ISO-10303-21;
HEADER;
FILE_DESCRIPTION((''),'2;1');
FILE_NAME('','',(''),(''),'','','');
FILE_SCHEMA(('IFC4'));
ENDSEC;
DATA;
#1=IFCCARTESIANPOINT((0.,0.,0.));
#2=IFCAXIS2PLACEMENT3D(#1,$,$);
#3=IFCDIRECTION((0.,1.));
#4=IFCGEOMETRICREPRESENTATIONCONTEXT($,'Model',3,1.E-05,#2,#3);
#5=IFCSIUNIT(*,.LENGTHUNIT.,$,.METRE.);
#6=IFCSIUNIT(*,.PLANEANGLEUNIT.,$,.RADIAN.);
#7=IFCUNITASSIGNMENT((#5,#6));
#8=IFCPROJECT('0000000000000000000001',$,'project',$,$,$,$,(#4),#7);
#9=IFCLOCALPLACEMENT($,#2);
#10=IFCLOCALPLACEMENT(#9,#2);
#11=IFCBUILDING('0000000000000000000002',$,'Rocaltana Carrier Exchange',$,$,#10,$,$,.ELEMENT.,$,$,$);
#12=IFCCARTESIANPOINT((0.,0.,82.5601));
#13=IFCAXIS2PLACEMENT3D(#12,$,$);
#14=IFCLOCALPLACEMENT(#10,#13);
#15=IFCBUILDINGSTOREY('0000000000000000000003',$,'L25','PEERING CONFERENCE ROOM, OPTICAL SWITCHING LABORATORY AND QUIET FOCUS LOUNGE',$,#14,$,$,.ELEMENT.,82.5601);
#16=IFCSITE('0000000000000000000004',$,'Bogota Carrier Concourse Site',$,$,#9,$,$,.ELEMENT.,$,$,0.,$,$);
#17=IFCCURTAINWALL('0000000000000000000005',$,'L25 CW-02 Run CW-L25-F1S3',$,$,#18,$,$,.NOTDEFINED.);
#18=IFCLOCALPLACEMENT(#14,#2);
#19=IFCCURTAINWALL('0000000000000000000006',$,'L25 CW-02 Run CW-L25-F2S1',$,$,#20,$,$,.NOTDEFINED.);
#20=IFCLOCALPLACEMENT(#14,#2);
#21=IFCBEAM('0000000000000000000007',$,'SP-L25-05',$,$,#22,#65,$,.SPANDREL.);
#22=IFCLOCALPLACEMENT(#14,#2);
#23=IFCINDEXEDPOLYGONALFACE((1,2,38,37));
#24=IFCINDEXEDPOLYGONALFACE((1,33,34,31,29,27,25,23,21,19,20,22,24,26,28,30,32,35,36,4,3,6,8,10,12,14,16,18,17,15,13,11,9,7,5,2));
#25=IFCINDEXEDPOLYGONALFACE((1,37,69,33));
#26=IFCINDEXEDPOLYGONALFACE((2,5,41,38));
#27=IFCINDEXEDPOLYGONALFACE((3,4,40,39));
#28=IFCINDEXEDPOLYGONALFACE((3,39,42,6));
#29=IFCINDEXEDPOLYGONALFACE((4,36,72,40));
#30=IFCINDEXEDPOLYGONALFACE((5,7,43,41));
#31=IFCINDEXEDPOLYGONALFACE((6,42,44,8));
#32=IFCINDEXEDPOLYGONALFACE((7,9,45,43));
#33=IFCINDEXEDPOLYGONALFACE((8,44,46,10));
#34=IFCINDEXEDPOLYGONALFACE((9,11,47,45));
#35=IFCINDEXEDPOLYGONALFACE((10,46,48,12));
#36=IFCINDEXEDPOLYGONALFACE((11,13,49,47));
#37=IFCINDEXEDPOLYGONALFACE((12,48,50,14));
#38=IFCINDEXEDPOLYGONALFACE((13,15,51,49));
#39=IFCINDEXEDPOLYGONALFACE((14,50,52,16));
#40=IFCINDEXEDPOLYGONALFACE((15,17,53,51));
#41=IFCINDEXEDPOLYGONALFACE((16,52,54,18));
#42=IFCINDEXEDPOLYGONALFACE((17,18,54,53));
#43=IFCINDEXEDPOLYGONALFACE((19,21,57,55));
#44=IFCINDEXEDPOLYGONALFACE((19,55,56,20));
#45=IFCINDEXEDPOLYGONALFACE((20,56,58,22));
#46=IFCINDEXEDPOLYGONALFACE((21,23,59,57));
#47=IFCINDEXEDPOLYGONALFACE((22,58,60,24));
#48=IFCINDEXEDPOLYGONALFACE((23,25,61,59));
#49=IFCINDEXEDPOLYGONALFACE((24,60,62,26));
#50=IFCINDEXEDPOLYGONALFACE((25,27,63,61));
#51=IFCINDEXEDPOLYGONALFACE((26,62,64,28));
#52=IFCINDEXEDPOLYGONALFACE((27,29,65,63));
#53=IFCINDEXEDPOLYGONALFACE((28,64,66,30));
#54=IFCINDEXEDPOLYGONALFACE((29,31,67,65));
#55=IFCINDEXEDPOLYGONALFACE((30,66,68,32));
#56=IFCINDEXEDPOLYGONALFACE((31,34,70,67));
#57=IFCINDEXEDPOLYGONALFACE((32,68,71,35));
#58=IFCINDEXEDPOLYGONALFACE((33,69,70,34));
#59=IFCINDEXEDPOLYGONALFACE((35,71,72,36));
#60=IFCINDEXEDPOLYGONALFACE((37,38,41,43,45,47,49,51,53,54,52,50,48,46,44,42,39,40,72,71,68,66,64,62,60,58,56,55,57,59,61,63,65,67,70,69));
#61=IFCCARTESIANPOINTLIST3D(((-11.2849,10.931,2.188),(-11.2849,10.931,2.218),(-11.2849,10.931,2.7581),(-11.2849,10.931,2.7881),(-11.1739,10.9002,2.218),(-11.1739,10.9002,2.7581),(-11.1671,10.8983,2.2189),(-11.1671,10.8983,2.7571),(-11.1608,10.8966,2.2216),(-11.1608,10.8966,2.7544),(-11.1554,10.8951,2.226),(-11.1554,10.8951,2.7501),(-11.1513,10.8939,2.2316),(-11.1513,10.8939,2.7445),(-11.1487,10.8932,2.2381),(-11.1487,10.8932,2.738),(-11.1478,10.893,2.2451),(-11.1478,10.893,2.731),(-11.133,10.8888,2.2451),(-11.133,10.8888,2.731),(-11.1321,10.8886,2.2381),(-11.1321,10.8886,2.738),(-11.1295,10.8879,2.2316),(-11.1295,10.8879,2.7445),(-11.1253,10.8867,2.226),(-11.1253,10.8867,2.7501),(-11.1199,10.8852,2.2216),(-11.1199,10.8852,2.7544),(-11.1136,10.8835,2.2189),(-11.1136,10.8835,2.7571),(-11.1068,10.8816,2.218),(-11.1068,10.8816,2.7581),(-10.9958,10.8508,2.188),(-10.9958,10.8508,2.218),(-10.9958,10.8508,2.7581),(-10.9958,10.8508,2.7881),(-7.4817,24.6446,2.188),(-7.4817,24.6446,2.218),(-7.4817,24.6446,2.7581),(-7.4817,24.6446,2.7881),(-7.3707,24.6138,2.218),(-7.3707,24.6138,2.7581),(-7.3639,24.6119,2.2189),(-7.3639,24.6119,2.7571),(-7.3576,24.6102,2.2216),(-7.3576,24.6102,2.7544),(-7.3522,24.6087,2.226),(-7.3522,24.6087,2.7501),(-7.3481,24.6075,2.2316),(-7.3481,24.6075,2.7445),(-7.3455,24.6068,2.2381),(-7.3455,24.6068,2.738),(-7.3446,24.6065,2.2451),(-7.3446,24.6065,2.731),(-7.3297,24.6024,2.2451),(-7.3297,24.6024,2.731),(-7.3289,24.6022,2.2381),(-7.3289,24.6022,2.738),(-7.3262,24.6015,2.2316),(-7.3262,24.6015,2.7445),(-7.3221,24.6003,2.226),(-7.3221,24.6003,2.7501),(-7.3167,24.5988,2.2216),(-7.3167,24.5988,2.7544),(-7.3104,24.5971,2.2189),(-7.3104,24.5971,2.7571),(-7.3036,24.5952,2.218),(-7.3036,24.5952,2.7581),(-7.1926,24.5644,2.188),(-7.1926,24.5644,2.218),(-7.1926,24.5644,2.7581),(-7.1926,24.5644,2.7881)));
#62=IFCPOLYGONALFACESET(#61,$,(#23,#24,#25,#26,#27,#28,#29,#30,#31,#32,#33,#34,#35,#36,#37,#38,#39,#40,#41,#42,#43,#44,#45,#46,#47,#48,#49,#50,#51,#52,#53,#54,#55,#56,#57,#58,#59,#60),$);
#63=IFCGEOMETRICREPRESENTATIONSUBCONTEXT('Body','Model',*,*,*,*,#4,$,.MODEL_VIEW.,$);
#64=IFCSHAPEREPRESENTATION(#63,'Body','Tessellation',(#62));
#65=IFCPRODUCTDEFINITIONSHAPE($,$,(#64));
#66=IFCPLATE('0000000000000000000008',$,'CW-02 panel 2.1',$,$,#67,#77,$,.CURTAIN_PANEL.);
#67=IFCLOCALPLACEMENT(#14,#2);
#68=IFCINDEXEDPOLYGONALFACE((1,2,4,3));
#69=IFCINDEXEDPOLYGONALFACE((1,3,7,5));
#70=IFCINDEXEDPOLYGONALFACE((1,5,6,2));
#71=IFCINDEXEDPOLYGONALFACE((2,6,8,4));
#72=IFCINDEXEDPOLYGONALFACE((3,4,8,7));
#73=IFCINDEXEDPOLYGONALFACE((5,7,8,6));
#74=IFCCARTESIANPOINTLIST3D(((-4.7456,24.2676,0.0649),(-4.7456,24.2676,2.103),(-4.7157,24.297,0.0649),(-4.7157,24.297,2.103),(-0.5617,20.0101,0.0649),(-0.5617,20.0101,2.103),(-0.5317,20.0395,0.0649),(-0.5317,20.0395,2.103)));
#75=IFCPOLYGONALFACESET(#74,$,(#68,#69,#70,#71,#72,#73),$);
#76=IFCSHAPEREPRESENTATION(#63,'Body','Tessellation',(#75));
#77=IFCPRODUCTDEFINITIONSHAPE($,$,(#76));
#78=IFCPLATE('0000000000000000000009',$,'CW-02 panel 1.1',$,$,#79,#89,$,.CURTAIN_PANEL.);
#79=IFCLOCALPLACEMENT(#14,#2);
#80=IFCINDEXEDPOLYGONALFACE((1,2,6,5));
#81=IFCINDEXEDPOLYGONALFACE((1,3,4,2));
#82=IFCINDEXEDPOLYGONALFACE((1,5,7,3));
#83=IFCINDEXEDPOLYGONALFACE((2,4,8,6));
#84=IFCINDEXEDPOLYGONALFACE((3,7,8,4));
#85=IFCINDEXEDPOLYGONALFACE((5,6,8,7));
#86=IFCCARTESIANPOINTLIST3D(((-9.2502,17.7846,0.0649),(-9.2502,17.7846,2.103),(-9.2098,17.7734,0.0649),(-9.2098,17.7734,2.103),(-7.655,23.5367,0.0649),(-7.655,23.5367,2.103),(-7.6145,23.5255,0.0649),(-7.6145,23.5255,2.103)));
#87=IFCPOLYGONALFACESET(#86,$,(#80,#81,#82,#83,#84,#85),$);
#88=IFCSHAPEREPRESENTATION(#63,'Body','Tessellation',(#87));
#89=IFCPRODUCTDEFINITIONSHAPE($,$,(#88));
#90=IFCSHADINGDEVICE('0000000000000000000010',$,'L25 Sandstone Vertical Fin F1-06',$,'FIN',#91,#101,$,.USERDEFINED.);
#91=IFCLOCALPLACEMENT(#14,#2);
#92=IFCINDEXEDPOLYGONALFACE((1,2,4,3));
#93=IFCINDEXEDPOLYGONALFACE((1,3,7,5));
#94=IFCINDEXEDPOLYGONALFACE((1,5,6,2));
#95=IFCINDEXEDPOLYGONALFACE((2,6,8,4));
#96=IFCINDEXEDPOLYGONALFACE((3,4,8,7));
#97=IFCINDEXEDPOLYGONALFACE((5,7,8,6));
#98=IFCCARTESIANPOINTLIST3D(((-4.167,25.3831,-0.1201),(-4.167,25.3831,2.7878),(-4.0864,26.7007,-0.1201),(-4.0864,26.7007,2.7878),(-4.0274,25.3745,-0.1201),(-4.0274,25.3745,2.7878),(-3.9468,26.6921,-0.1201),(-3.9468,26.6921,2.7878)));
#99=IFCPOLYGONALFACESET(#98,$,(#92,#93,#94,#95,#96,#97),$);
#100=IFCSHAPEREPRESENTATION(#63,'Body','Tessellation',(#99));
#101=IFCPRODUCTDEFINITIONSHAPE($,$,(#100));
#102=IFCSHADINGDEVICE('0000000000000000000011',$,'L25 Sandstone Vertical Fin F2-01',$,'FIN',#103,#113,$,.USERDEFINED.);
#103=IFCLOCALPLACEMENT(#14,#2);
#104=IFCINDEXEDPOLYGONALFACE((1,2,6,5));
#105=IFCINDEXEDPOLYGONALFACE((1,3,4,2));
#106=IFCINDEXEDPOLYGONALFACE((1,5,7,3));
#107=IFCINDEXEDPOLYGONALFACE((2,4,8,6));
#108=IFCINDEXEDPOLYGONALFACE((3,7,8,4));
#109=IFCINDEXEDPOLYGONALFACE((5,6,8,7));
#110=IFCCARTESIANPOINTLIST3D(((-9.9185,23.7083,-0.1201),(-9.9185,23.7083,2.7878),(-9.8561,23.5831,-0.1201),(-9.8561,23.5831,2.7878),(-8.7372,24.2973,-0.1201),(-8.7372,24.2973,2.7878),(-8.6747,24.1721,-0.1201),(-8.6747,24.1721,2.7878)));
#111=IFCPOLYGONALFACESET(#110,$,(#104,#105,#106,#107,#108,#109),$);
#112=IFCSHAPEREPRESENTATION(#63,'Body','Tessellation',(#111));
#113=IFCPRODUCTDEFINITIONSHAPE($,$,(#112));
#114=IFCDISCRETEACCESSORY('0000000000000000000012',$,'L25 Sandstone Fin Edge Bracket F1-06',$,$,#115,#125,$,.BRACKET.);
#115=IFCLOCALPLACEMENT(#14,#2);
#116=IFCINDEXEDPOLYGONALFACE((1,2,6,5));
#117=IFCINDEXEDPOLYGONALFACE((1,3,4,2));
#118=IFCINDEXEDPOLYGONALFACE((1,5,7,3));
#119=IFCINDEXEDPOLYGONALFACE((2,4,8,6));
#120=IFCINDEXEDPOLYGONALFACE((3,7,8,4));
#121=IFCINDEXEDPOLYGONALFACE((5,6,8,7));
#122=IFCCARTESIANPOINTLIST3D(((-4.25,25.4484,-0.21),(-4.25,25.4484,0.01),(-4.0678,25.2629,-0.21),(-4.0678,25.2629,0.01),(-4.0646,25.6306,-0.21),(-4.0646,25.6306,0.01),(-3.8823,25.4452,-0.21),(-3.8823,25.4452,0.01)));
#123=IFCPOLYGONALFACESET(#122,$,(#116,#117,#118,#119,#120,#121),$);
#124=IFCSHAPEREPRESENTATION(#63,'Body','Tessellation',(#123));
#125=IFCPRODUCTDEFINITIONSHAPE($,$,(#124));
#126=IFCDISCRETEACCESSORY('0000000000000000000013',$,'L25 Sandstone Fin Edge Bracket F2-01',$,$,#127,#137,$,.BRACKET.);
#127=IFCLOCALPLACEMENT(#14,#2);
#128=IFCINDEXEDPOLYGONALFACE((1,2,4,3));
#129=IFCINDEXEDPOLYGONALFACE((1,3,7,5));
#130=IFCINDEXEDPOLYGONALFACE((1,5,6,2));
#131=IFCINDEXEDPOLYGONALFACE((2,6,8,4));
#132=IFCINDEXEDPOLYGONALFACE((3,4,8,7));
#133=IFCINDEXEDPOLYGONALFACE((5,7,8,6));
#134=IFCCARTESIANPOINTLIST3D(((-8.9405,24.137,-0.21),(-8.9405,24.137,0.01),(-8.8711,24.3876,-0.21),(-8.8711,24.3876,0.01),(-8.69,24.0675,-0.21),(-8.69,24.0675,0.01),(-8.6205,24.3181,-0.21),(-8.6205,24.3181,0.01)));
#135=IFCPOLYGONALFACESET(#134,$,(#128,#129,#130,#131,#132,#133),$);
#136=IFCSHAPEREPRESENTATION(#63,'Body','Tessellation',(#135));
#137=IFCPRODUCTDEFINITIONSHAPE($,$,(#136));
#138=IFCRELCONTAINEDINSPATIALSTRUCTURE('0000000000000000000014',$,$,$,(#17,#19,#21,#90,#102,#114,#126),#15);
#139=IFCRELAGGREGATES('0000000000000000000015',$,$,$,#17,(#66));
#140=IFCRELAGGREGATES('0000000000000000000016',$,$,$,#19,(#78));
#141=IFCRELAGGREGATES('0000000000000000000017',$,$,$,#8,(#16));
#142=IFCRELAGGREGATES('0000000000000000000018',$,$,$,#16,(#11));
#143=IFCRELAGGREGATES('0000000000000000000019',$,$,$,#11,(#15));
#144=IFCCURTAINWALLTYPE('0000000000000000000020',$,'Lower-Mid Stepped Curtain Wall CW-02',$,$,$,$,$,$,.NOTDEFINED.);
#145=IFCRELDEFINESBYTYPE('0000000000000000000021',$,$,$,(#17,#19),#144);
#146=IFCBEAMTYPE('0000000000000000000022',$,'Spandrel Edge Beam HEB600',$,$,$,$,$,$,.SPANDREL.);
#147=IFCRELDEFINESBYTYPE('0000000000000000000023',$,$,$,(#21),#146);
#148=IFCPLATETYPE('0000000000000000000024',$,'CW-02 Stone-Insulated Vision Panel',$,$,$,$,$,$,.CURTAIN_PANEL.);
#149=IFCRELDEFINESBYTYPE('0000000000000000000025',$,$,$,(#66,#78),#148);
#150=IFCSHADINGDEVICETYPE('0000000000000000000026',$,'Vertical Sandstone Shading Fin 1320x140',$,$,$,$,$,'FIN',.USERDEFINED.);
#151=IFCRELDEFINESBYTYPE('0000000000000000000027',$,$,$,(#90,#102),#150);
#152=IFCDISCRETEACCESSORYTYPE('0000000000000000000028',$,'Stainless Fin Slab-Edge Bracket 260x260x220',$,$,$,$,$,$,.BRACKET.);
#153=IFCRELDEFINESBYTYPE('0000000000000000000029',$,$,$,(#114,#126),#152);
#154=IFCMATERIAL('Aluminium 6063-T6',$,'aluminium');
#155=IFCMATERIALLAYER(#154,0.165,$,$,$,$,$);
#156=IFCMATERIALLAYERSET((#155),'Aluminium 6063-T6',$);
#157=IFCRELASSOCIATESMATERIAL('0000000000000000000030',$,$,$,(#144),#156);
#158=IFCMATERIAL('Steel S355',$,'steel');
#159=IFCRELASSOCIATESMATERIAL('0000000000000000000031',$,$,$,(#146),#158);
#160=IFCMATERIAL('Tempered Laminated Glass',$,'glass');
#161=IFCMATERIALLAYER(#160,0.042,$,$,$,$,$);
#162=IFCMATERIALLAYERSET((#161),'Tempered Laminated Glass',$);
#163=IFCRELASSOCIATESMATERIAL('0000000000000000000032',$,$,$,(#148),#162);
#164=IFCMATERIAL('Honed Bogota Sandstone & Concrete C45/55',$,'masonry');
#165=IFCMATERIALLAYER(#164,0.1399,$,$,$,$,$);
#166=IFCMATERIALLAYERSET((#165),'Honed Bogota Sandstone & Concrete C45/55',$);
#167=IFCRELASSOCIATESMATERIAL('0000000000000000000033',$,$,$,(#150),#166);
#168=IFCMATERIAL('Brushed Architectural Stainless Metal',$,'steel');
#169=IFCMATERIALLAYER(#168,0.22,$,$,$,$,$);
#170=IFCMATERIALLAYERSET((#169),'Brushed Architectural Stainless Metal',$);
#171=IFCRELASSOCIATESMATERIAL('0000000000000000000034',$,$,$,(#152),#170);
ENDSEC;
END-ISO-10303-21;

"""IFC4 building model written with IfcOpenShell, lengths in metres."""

from ifc_helpers import new_model, si_unit, direction, frame, origin, origin_2d, place, context, subcontext, project, spatial, rectangle, i_section, extrude, material, layer, layer_set, material_profile, profile_set, type_object, element, aggregate, save


model = new_model("IFC4")

# Units and contexts
model_context = context("Model", 3, precision=1e-05, world=origin(), true_north=direction((0.0, 1.0)))
body_context = subcontext(model_context, "Body", "Model", "MODEL_VIEW")
ifc_project = project(units=[si_unit("LENGTHUNIT", "METRE"), si_unit("PLANEANGLEUNIT", "RADIAN")], contexts=[model_context])

# Site, building, storey
site_placement = place(None, origin())
site = spatial("IfcSite", under=ifc_project, at=site_placement, Name="Bogota Carrier Concourse Site", CompositionType="ELEMENT", RefElevation=0.0)
building_placement = place(site_placement, origin())
building = spatial("IfcBuilding", under=site, at=building_placement, Name="Rocaltana Carrier Exchange", CompositionType="ELEMENT")
storey_placement = place(building_placement, frame((0.0, 0.0, 82.5601)))
storey = spatial("IfcBuildingStorey", under=building, at=storey_placement, Name="L25", Description="PEERING CONFERENCE ROOM, OPTICAL SWITCHING LABORATORY AND QUIET FOCUS LOUNGE", CompositionType="ELEMENT", Elevation=82.5601)

# Curtain wall
ifc_material_1 = material(Name="Aluminium 6063-T6", Category="aluminium")
ifc_layer_1 = layer(ifc_material_1, 0.165)
ifc_layer_set_1 = layer_set([ifc_layer_1], Name="Aluminium 6063-T6")
curtain_wall_type = type_object("IfcCurtainWallType", Name="Lower-Mid Stepped Curtain Wall CW-02", PredefinedType="NOTDEFINED", material=ifc_layer_set_1)
curtain_wall_1_placement = place(storey_placement, origin())
curtain_wall_1 = element("IfcCurtainWall", 1, at=curtain_wall_1_placement, inside=storey, type_object=curtain_wall_type, Name="L25 CW-02 Run CW-L25-F1S3", PredefinedType="NOTDEFINED")

# Curtain wall
curtain_wall_2_placement = place(storey_placement, origin())
curtain_wall_2 = element("IfcCurtainWall", 2, at=curtain_wall_2_placement, inside=storey, type_object=curtain_wall_type, Name="L25 CW-02 Run CW-L25-F2S1", PredefinedType="NOTDEFINED")

# Beam
ifc_material_2 = material(Name="Steel S355", Category="steel")
ifc_material_profile_1 = material_profile(ifc_material_2, i_section(OverallWidth=0.3, OverallDepth=0.6001, WebThickness=0.0154, FlangeThickness=0.03, FilletRadius=0.0271, at=origin_2d()), Name="HEB600")
ifc_profile_set_1 = profile_set([ifc_material_profile_1], Name="Steel S355")
beam_type_1 = type_object("IfcBeamType", Name="Spandrel Edge Beam HEB600", PredefinedType="SPANDREL", material=ifc_profile_set_1)
beam_1_placement = place(storey_placement, frame((-7.3372, 24.6045, 2.488), z_axis=(-0.267245, -0.963629, 0.0), x_axis=(0.963629, -0.267245, 0.0)))
element("IfcBeam", 3, at=beam_1_placement, inside=storey, type_object=beam_type_1, Name="SP-L25-05", PredefinedType="SPANDREL", context=body_context, shape_type="SweptSolid", body=[
    extrude(i_section(OverallWidth=0.3, OverallDepth=0.6001, WebThickness=0.0154, FlangeThickness=0.03, FilletRadius=0.0271, at=origin_2d()), origin(), (0.0, 0.0, 1.0), 14.2312),
])

# Plates
ifc_material_3 = material(Name="Tempered Laminated Glass", Category="glass")
ifc_layer_2 = layer(ifc_material_3, 0.042)
ifc_layer_set_2 = layer_set([ifc_layer_2], Name="Tempered Laminated Glass")
plate_type = type_object("IfcPlateType", Name="CW-02 Stone-Insulated Vision Panel", PredefinedType="CURTAIN_PANEL", material=ifc_layer_set_2)
plate_1_placement = place(storey_placement, frame((-2.6387, 22.1536, 0.0649), z_axis=(0.0, 0.0, 1.0), x_axis=(-0.700915, 0.713245, 0.0)))
plate_1 = element("IfcPlate", 4, at=plate_1_placement, type_object=plate_type, Name="CW-02 panel 2.1", PredefinedType="CURTAIN_PANEL", context=body_context, shape_type="SweptSolid", body=[
    extrude(rectangle(XDim=5.9692, YDim=0.042, at=origin_2d()), origin(), (0.0, 0.0, 1.0), 2.0381),
])
aggregate(curtain_wall_1, [plate_1])
plate_2_placement = place(storey_placement, frame((-8.4324, 20.655, 0.0649), z_axis=(0.0, 0.0, 1.0), x_axis=(-0.267246, -0.963628, 0.0)))
plate_2 = element("IfcPlate", 5, at=plate_2_placement, type_object=plate_type, Name="CW-02 panel 1.1", PredefinedType="CURTAIN_PANEL", context=body_context, shape_type="SweptSolid", body=[
    extrude(rectangle(XDim=5.9692, YDim=0.042, at=origin_2d()), origin(), (0.0, 0.0, 1.0), 2.0381),
])
aggregate(curtain_wall_2, [plate_2])

# Shading devices
ifc_material_4 = material(Name="Honed Bogota Sandstone & Concrete C45/55", Category="masonry")
ifc_layer_3 = layer(ifc_material_4, 0.1399)
ifc_layer_set_3 = layer_set([ifc_layer_3], Name="Honed Bogota Sandstone & Concrete C45/55")
shading_device_type = type_object("IfcShadingDeviceType", Name="Vertical Sandstone Shading Fin 1320x140", ElementType="FIN", PredefinedType="USERDEFINED", material=ifc_layer_set_3)
for number, where, z_axis, x_axis, name in (
    (6, (-4.0569, 26.0376, -0.1201), (0.0, 0.0, 1.0), (0.061049, 0.998135, 0.0), "L25 Sandstone Vertical Fin F1-06"),
    (7, (-9.2966, 23.9402, -0.1201), (0.0, 0.0, 1.0), (-0.894934, -0.446198, 0.0), "L25 Sandstone Vertical Fin F2-01"),
):
    element("IfcShadingDevice", number, at=place(storey_placement, frame(where, z_axis=z_axis, x_axis=x_axis)), inside=storey, type_object=shading_device_type, Name=name, ObjectType="FIN", PredefinedType="USERDEFINED", context=body_context, shape_type="SweptSolid", body=[
        extrude(rectangle(XDim=1.3201, YDim=0.1399, at=origin_2d()), origin(), (0.0, 0.0, 1.0), 2.908),
    ])

# Discrete accessories
ifc_material_5 = material(Name="Brushed Architectural Stainless Metal", Category="steel")
ifc_layer_4 = layer(ifc_material_5, 0.22)
ifc_layer_set_4 = layer_set([ifc_layer_4], Name="Brushed Architectural Stainless Metal")
discrete_accessory_type = type_object("IfcDiscreteAccessoryType", Name="Stainless Fin Slab-Edge Bracket 260x260x220", PredefinedType="BRACKET", material=ifc_layer_set_4)
for number, where, z_axis, x_axis, name in (
    (8, (-4.0662, 25.4468, -0.21), (0.0, 0.0, 1.0), (-0.700909, 0.71325, 0.0), "L25 Sandstone Fin Edge Bracket F1-06"),
    (9, (-8.7805, 24.2275, -0.21), (0.0, 0.0, 1.0), (-0.267238, -0.96363, 0.0), "L25 Sandstone Fin Edge Bracket F2-01"),
):
    element("IfcDiscreteAccessory", number, at=place(storey_placement, frame(where, z_axis=z_axis, x_axis=x_axis)), inside=storey, type_object=discrete_accessory_type, Name=name, PredefinedType="BRACKET", context=body_context, shape_type="SweptSolid", body=[
        extrude(rectangle(XDim=0.26, YDim=0.26, at=origin_2d()), origin(), (0.0, 0.0, 1.0), 0.22),
    ])

save(model, "model.ifc")
